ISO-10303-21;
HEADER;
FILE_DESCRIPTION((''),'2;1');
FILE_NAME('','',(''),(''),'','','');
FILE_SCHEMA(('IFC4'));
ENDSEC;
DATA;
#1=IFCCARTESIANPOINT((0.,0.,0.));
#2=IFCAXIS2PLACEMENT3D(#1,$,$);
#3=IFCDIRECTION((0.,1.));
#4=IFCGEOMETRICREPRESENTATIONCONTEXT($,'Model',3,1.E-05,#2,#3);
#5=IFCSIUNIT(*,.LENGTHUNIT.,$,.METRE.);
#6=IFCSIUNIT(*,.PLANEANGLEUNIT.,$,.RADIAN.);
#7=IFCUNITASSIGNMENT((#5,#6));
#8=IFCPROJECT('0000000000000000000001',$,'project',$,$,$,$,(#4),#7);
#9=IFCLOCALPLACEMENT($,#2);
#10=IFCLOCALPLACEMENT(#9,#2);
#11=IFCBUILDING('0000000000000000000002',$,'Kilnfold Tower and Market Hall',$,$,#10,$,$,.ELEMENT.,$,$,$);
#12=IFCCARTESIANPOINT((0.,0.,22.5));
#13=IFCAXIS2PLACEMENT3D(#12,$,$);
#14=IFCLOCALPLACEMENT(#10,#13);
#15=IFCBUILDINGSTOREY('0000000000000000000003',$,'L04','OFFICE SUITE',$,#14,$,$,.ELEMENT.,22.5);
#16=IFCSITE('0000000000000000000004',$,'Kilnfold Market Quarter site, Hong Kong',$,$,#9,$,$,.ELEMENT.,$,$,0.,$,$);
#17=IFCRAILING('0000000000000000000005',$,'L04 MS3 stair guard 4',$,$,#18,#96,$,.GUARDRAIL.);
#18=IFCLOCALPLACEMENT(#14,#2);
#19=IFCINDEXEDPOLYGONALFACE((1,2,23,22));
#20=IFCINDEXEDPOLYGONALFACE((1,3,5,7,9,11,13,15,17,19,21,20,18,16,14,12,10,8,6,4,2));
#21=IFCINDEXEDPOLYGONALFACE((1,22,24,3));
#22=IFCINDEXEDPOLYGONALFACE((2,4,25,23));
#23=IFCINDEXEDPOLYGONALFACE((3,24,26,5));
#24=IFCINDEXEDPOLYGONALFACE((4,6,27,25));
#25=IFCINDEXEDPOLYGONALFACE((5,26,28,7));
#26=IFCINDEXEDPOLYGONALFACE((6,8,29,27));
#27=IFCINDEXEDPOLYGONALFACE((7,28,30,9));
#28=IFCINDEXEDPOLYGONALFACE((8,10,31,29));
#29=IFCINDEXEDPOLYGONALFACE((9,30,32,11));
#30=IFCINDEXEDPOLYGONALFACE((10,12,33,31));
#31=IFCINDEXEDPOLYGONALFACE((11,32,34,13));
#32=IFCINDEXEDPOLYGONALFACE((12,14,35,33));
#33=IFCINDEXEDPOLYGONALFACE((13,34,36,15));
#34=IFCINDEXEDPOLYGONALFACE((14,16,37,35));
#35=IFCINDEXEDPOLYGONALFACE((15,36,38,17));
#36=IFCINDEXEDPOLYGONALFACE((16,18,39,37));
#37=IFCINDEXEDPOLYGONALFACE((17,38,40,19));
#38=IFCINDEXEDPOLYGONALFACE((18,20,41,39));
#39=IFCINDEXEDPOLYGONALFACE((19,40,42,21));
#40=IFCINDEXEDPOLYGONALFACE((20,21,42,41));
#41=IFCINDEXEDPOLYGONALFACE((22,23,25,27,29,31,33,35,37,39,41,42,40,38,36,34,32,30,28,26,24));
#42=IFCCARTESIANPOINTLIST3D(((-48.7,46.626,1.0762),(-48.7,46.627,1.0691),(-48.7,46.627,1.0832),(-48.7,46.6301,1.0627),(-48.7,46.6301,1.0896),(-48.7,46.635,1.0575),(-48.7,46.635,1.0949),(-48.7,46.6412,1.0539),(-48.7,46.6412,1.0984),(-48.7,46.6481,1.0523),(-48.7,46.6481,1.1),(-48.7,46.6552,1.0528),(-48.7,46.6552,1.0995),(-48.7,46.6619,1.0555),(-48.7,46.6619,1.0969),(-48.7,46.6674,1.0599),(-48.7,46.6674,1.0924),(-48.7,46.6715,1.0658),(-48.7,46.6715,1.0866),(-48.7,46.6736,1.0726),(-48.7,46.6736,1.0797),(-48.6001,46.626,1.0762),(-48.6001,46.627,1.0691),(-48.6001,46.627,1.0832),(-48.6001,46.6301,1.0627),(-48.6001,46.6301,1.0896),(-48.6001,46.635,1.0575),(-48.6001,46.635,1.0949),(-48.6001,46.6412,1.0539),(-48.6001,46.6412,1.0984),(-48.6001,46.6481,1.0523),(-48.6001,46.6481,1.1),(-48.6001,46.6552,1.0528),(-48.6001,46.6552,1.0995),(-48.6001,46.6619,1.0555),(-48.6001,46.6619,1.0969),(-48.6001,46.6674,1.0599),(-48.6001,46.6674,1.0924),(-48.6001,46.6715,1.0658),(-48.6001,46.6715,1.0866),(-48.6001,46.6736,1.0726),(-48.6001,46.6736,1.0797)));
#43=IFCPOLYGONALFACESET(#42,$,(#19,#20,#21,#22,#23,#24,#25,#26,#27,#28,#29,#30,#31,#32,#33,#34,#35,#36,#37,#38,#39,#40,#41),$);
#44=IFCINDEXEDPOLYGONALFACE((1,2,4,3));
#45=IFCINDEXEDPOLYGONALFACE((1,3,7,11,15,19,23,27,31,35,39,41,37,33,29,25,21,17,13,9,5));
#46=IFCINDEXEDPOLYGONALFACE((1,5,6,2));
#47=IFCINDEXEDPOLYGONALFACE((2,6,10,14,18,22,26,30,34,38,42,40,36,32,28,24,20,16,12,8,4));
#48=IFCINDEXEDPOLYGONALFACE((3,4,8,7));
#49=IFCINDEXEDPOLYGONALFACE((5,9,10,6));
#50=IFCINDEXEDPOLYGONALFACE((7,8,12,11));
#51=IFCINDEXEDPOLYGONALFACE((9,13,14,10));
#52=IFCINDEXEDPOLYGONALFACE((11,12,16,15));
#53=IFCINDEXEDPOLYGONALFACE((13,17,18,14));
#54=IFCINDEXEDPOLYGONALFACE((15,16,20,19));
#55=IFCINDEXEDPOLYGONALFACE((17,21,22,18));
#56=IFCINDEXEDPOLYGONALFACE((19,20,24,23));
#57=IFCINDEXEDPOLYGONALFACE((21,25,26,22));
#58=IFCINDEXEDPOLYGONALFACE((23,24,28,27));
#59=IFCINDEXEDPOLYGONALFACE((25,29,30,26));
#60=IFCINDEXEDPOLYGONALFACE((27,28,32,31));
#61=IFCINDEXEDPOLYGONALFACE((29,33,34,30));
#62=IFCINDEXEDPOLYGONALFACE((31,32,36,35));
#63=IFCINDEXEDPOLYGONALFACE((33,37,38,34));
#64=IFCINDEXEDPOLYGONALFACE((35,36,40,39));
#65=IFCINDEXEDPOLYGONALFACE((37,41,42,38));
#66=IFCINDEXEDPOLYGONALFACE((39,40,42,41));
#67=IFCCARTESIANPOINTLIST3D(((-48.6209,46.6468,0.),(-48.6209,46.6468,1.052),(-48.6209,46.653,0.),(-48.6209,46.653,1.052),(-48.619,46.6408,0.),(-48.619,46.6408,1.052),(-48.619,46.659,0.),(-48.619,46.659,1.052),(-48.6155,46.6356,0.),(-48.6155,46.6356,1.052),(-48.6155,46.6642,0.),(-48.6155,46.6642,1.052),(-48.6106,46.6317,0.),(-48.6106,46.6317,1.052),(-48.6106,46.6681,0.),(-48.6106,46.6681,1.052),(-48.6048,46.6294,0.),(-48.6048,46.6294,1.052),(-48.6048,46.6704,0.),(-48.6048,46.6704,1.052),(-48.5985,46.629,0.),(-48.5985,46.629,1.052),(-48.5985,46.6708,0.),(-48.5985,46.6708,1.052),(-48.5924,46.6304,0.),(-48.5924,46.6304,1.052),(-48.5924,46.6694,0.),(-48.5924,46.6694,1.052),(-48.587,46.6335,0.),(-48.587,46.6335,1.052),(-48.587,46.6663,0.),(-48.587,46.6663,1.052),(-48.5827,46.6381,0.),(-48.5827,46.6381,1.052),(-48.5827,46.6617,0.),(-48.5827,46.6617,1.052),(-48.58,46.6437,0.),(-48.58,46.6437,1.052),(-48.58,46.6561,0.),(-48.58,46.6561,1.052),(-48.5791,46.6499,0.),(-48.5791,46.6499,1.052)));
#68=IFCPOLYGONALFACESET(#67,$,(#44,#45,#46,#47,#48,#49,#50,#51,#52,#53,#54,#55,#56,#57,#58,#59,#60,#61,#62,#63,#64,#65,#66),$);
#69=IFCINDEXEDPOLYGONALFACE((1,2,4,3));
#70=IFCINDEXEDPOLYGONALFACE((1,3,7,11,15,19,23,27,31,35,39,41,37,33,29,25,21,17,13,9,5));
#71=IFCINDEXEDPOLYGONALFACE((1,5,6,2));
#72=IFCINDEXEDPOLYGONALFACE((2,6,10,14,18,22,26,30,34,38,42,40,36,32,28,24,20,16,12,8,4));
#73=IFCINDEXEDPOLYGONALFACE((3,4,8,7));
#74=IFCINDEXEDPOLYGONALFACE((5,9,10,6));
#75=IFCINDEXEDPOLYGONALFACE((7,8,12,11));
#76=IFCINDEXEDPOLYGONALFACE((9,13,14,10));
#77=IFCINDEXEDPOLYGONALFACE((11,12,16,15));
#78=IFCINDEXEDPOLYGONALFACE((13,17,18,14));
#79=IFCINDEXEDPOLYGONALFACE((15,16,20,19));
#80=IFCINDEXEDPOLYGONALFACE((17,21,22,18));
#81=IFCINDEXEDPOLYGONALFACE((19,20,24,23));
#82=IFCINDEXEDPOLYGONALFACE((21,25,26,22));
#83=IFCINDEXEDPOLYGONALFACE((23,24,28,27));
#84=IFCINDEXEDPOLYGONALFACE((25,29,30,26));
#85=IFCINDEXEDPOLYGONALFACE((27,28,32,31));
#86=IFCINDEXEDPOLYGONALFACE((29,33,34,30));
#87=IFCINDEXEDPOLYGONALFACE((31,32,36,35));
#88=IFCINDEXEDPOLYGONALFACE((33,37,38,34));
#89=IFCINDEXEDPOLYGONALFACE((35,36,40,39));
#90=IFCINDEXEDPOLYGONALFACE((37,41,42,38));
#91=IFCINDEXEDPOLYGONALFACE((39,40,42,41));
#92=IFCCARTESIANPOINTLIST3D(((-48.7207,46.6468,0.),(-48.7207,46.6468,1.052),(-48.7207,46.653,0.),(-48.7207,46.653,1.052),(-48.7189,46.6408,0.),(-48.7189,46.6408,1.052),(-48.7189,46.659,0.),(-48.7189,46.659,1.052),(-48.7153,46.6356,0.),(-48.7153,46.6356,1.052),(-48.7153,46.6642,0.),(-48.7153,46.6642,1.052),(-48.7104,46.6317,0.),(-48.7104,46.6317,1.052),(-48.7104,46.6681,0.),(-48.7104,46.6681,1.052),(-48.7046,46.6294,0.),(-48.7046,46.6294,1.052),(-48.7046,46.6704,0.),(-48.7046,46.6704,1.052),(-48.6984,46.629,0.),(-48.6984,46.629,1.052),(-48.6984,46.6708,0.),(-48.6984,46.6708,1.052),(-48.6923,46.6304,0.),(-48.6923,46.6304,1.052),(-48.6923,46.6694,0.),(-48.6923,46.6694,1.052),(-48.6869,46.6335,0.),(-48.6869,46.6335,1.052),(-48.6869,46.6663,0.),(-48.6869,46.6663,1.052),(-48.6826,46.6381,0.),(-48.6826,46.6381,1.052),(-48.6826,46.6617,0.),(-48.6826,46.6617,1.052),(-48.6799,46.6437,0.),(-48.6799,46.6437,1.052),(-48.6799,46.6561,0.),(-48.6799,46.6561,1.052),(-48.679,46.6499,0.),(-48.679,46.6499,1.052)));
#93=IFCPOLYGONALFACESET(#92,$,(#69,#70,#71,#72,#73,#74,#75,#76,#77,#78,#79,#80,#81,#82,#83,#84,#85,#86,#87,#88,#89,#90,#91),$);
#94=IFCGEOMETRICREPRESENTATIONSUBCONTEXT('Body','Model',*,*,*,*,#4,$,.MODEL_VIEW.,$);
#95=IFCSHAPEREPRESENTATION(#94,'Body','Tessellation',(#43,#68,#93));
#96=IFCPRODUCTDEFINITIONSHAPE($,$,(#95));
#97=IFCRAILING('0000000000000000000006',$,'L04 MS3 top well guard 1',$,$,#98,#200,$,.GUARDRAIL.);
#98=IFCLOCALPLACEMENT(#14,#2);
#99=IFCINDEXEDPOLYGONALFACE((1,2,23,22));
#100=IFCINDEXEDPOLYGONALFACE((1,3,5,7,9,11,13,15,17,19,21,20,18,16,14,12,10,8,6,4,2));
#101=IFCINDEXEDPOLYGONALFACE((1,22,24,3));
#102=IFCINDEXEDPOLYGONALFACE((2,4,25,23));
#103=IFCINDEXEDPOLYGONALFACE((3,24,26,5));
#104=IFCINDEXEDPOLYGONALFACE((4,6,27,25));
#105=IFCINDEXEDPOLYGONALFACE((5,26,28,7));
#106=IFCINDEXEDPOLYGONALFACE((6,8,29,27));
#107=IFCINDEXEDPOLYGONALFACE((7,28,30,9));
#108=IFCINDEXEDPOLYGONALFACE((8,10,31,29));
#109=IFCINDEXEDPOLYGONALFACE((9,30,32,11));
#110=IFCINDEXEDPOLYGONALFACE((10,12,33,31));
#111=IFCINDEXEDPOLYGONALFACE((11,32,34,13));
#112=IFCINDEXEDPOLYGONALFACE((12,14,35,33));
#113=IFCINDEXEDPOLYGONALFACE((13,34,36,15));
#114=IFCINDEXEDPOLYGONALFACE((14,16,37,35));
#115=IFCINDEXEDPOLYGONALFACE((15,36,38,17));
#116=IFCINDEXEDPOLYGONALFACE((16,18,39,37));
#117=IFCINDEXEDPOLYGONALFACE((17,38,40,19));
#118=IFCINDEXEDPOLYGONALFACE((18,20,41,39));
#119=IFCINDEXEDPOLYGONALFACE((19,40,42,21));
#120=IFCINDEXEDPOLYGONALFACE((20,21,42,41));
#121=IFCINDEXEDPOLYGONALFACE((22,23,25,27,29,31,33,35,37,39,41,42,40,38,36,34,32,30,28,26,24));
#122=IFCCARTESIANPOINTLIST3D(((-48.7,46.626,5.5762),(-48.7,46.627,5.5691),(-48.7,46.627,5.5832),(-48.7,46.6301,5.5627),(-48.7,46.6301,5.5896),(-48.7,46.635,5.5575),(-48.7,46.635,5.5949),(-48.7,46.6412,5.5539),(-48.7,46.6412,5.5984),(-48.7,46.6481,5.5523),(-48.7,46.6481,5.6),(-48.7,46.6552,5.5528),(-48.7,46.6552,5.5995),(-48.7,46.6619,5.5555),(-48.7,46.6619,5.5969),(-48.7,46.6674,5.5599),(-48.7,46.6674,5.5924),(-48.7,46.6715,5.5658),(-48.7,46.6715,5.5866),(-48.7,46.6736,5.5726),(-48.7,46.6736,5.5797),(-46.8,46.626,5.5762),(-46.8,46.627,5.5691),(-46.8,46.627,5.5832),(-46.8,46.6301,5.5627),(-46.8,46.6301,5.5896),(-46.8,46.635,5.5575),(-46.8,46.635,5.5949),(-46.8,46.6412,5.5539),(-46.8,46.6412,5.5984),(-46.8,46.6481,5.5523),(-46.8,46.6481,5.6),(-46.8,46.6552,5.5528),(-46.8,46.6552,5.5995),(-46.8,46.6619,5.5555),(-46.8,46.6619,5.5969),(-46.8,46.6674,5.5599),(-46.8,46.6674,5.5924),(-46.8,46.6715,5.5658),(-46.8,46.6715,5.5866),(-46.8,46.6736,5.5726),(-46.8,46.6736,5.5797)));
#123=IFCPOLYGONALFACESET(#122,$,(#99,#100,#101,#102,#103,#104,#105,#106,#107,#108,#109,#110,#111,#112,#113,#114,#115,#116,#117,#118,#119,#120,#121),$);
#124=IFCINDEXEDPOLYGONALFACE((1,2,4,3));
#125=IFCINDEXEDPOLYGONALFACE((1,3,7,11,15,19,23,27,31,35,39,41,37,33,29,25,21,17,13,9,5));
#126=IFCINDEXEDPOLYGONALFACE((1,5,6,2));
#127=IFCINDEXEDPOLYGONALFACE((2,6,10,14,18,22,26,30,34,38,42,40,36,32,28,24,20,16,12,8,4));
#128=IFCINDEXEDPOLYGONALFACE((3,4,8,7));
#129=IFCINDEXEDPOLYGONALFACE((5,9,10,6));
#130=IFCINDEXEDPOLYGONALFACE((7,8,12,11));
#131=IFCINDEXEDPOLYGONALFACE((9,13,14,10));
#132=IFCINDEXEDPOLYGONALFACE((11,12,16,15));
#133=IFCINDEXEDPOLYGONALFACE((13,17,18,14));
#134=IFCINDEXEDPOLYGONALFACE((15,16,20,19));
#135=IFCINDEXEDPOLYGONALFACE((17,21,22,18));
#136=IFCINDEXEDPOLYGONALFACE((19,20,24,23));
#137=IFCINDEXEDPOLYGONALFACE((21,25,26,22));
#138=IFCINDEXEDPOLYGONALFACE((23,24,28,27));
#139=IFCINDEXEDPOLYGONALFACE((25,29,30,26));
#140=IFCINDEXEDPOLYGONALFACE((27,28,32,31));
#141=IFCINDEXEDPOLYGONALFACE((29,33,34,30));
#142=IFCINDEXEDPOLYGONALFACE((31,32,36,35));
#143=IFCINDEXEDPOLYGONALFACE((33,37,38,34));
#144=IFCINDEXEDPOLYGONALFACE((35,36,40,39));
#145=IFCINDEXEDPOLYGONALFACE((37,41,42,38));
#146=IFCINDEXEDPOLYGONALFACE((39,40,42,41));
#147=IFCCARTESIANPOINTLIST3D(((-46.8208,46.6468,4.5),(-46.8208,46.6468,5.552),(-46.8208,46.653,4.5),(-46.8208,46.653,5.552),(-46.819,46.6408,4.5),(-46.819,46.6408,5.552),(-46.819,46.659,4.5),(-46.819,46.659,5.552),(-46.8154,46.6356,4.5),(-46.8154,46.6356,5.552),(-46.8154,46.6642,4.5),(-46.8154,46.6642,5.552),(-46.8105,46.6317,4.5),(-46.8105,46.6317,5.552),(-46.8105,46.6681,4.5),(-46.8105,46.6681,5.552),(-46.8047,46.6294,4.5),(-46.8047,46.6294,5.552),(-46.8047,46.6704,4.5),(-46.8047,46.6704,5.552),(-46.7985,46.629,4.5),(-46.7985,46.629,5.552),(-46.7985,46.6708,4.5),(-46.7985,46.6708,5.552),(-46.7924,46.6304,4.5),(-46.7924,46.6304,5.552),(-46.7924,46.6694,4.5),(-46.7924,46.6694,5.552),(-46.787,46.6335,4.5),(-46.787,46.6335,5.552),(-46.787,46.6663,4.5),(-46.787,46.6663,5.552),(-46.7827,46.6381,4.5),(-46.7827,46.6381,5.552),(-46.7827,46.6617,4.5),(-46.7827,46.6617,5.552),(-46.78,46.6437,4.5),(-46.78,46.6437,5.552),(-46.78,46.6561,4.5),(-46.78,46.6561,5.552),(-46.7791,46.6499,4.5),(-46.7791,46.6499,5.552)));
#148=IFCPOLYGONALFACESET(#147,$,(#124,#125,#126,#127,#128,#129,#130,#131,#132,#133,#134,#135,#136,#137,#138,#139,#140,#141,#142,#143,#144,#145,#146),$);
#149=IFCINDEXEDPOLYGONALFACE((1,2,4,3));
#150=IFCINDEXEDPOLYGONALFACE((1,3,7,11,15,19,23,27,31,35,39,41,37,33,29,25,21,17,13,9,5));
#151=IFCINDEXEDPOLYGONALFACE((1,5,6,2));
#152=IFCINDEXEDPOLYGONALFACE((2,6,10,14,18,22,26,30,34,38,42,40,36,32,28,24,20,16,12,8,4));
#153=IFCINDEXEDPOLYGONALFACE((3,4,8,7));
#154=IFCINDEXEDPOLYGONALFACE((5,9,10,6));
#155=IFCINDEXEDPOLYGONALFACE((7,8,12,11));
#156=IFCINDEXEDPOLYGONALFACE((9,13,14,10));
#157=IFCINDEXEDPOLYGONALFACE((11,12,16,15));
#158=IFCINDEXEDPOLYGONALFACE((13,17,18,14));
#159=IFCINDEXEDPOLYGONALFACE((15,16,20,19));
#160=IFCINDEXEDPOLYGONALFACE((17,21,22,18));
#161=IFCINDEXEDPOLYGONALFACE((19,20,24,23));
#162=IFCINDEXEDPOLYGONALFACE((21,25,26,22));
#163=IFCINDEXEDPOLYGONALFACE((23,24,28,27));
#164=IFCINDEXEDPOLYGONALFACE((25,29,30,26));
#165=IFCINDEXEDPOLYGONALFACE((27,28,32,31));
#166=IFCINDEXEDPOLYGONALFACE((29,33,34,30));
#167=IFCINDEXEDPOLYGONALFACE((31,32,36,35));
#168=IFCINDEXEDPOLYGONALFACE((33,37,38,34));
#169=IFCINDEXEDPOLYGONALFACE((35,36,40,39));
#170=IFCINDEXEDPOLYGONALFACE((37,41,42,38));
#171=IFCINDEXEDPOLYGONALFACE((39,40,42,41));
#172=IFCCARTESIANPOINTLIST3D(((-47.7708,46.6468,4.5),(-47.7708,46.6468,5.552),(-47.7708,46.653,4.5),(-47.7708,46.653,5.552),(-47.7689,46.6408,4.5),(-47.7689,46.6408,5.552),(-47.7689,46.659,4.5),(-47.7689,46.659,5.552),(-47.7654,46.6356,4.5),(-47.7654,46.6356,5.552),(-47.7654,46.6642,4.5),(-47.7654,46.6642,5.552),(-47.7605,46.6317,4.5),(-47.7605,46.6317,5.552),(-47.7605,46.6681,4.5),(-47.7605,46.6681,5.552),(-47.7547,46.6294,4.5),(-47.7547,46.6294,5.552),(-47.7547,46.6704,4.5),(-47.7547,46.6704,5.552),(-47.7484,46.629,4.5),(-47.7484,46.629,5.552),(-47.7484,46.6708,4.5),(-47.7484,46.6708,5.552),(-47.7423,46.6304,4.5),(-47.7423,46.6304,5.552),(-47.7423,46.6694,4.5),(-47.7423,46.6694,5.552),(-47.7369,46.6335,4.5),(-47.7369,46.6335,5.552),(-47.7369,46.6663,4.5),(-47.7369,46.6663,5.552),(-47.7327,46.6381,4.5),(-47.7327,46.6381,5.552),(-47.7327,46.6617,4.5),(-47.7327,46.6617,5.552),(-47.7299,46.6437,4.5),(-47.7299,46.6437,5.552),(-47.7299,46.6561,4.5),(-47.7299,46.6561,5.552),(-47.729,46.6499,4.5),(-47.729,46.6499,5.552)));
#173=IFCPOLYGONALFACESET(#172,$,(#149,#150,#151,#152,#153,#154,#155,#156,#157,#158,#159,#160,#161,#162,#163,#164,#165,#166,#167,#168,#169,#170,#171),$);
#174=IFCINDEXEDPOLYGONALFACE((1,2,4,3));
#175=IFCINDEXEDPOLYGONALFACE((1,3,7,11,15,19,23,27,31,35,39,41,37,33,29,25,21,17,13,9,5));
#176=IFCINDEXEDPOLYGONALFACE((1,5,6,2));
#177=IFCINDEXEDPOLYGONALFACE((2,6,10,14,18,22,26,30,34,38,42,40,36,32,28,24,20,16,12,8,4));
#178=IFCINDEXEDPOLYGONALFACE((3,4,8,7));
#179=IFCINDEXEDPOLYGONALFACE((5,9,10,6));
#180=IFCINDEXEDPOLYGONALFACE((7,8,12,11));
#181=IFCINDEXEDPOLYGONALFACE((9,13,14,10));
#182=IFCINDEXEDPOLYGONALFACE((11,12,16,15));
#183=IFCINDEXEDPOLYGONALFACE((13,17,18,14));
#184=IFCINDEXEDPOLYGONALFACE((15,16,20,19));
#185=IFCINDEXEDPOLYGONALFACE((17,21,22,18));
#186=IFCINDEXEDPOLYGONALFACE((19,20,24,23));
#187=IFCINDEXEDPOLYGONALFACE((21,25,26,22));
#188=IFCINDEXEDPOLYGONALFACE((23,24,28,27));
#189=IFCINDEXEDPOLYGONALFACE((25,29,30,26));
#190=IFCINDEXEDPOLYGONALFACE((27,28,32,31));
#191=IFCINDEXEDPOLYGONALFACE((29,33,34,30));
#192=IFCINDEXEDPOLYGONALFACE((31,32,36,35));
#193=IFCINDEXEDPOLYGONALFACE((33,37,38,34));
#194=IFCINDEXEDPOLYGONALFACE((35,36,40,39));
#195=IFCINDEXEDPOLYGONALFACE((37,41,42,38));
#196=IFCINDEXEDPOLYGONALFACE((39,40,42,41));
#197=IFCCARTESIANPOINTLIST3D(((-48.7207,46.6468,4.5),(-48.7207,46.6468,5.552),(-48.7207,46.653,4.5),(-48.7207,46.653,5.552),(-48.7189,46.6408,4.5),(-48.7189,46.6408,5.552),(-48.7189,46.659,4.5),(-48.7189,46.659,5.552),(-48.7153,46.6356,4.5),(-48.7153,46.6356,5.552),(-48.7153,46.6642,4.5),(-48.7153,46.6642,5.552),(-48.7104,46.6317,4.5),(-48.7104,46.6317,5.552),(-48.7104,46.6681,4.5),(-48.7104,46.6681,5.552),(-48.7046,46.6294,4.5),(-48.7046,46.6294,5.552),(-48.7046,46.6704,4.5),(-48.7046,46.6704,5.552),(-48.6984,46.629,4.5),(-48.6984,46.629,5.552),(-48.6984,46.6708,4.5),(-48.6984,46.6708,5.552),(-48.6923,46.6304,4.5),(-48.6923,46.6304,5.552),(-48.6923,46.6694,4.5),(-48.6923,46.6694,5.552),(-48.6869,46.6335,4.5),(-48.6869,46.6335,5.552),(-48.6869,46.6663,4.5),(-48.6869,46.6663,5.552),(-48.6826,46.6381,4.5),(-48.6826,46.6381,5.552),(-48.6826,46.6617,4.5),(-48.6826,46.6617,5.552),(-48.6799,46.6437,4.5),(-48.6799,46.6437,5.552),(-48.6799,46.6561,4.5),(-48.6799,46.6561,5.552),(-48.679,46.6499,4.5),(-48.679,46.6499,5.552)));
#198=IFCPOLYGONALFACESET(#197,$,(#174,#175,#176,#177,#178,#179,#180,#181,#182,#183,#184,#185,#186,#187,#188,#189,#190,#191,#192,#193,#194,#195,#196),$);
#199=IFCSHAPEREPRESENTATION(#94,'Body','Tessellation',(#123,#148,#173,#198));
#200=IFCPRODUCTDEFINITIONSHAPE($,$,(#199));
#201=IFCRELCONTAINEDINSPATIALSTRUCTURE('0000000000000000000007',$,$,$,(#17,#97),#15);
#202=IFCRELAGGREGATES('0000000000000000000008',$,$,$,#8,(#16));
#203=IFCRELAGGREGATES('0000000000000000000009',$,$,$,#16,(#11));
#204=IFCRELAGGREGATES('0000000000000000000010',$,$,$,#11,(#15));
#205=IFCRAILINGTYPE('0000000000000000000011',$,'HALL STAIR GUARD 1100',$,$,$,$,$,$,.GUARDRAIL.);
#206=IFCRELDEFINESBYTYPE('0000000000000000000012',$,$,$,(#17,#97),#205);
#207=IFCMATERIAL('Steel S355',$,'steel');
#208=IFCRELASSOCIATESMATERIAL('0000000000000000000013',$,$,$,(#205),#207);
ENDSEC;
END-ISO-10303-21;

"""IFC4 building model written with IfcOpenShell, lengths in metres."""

from ifc_helpers import new_model, si_unit, direction, frame, origin, origin_2d, place, context, subcontext, project, spatial, circle, extrude, material, type_object, element, save


model = new_model("IFC4")

# Units and contexts
model_context = context("Model", 3, precision=1e-05, world=origin(), true_north=direction((0.0, 1.0)))
body_context = subcontext(model_context, "Body", "Model", "MODEL_VIEW")
ifc_project = project(units=[si_unit("LENGTHUNIT", "METRE"), si_unit("PLANEANGLEUNIT", "RADIAN")], contexts=[model_context])

# Site, building, storey
site_placement = place(None, origin())
site = spatial("IfcSite", under=ifc_project, at=site_placement, Name="Kilnfold Market Quarter site, Hong Kong", CompositionType="ELEMENT", RefElevation=0.0)
building_placement = place(site_placement, origin())
building = spatial("IfcBuilding", under=site, at=building_placement, Name="Kilnfold Tower and Market Hall", CompositionType="ELEMENT")
storey_placement = place(building_placement, frame((0.0, 0.0, 22.5)))
storey = spatial("IfcBuildingStorey", under=building, at=storey_placement, Name="L04", Description="OFFICE SUITE", CompositionType="ELEMENT", Elevation=22.5)

# Railings
ifc_material_1 = material(Name="Steel S355", Category="steel")
railing_type_1 = type_object("IfcRailingType", Name="HALL STAIR GUARD 1100", PredefinedType="GUARDRAIL", material=ifc_material_1)
railing_1_placement = place(storey_placement, frame((-48.6001, 46.6499, 0.0)))
element("IfcRailing", 1, at=railing_1_placement, inside=storey, type_object=railing_type_1, Name="L04 MS3 stair guard 4", PredefinedType="GUARDRAIL", context=body_context, shape_type="SweptSolid", body=[
    extrude(circle(Radius=0.0239, at=origin_2d()), frame((0.0, 0.0, 1.0762), z_axis=(-1.0, 0.0, 0.0), x_axis=(0.0, -1.0, 0.0)), (0.0, 0.0, 1.0), 0.0999),
    extrude(circle(Radius=0.021, at=origin_2d()), origin(), (0.0, 0.0, 1.0), 1.052),
    extrude(circle(Radius=0.021, at=origin_2d()), frame((-0.0999, 0.0, 0.0)), (0.0, 0.0, 1.0), 1.052),
])
railing_2_placement = place(storey_placement, frame((-46.8, 46.6499, 4.5)))
element("IfcRailing", 2, at=railing_2_placement, inside=storey, type_object=railing_type_1, Name="L04 MS3 top well guard 1", PredefinedType="GUARDRAIL", context=body_context, shape_type="SweptSolid", body=[
    extrude(circle(Radius=0.0239, at=origin_2d()), frame((0.0, 0.0, 1.0762), z_axis=(-1.0, 0.0, 0.0), x_axis=(0.0, -1.0, 0.0)), (0.0, 0.0, 1.0), 1.8999),
    extrude(circle(Radius=0.021, at=origin_2d()), origin(), (0.0, 0.0, 1.0), 1.052),
    extrude(circle(Radius=0.021, at=origin_2d()), frame((-0.95, 0.0, 0.0)), (0.0, 0.0, 1.0), 1.052),
    extrude(circle(Radius=0.021, at=origin_2d()), frame((-1.8999, 0.0, 0.0)), (0.0, 0.0, 1.0), 1.052),
])

save(model, "model.ifc")
